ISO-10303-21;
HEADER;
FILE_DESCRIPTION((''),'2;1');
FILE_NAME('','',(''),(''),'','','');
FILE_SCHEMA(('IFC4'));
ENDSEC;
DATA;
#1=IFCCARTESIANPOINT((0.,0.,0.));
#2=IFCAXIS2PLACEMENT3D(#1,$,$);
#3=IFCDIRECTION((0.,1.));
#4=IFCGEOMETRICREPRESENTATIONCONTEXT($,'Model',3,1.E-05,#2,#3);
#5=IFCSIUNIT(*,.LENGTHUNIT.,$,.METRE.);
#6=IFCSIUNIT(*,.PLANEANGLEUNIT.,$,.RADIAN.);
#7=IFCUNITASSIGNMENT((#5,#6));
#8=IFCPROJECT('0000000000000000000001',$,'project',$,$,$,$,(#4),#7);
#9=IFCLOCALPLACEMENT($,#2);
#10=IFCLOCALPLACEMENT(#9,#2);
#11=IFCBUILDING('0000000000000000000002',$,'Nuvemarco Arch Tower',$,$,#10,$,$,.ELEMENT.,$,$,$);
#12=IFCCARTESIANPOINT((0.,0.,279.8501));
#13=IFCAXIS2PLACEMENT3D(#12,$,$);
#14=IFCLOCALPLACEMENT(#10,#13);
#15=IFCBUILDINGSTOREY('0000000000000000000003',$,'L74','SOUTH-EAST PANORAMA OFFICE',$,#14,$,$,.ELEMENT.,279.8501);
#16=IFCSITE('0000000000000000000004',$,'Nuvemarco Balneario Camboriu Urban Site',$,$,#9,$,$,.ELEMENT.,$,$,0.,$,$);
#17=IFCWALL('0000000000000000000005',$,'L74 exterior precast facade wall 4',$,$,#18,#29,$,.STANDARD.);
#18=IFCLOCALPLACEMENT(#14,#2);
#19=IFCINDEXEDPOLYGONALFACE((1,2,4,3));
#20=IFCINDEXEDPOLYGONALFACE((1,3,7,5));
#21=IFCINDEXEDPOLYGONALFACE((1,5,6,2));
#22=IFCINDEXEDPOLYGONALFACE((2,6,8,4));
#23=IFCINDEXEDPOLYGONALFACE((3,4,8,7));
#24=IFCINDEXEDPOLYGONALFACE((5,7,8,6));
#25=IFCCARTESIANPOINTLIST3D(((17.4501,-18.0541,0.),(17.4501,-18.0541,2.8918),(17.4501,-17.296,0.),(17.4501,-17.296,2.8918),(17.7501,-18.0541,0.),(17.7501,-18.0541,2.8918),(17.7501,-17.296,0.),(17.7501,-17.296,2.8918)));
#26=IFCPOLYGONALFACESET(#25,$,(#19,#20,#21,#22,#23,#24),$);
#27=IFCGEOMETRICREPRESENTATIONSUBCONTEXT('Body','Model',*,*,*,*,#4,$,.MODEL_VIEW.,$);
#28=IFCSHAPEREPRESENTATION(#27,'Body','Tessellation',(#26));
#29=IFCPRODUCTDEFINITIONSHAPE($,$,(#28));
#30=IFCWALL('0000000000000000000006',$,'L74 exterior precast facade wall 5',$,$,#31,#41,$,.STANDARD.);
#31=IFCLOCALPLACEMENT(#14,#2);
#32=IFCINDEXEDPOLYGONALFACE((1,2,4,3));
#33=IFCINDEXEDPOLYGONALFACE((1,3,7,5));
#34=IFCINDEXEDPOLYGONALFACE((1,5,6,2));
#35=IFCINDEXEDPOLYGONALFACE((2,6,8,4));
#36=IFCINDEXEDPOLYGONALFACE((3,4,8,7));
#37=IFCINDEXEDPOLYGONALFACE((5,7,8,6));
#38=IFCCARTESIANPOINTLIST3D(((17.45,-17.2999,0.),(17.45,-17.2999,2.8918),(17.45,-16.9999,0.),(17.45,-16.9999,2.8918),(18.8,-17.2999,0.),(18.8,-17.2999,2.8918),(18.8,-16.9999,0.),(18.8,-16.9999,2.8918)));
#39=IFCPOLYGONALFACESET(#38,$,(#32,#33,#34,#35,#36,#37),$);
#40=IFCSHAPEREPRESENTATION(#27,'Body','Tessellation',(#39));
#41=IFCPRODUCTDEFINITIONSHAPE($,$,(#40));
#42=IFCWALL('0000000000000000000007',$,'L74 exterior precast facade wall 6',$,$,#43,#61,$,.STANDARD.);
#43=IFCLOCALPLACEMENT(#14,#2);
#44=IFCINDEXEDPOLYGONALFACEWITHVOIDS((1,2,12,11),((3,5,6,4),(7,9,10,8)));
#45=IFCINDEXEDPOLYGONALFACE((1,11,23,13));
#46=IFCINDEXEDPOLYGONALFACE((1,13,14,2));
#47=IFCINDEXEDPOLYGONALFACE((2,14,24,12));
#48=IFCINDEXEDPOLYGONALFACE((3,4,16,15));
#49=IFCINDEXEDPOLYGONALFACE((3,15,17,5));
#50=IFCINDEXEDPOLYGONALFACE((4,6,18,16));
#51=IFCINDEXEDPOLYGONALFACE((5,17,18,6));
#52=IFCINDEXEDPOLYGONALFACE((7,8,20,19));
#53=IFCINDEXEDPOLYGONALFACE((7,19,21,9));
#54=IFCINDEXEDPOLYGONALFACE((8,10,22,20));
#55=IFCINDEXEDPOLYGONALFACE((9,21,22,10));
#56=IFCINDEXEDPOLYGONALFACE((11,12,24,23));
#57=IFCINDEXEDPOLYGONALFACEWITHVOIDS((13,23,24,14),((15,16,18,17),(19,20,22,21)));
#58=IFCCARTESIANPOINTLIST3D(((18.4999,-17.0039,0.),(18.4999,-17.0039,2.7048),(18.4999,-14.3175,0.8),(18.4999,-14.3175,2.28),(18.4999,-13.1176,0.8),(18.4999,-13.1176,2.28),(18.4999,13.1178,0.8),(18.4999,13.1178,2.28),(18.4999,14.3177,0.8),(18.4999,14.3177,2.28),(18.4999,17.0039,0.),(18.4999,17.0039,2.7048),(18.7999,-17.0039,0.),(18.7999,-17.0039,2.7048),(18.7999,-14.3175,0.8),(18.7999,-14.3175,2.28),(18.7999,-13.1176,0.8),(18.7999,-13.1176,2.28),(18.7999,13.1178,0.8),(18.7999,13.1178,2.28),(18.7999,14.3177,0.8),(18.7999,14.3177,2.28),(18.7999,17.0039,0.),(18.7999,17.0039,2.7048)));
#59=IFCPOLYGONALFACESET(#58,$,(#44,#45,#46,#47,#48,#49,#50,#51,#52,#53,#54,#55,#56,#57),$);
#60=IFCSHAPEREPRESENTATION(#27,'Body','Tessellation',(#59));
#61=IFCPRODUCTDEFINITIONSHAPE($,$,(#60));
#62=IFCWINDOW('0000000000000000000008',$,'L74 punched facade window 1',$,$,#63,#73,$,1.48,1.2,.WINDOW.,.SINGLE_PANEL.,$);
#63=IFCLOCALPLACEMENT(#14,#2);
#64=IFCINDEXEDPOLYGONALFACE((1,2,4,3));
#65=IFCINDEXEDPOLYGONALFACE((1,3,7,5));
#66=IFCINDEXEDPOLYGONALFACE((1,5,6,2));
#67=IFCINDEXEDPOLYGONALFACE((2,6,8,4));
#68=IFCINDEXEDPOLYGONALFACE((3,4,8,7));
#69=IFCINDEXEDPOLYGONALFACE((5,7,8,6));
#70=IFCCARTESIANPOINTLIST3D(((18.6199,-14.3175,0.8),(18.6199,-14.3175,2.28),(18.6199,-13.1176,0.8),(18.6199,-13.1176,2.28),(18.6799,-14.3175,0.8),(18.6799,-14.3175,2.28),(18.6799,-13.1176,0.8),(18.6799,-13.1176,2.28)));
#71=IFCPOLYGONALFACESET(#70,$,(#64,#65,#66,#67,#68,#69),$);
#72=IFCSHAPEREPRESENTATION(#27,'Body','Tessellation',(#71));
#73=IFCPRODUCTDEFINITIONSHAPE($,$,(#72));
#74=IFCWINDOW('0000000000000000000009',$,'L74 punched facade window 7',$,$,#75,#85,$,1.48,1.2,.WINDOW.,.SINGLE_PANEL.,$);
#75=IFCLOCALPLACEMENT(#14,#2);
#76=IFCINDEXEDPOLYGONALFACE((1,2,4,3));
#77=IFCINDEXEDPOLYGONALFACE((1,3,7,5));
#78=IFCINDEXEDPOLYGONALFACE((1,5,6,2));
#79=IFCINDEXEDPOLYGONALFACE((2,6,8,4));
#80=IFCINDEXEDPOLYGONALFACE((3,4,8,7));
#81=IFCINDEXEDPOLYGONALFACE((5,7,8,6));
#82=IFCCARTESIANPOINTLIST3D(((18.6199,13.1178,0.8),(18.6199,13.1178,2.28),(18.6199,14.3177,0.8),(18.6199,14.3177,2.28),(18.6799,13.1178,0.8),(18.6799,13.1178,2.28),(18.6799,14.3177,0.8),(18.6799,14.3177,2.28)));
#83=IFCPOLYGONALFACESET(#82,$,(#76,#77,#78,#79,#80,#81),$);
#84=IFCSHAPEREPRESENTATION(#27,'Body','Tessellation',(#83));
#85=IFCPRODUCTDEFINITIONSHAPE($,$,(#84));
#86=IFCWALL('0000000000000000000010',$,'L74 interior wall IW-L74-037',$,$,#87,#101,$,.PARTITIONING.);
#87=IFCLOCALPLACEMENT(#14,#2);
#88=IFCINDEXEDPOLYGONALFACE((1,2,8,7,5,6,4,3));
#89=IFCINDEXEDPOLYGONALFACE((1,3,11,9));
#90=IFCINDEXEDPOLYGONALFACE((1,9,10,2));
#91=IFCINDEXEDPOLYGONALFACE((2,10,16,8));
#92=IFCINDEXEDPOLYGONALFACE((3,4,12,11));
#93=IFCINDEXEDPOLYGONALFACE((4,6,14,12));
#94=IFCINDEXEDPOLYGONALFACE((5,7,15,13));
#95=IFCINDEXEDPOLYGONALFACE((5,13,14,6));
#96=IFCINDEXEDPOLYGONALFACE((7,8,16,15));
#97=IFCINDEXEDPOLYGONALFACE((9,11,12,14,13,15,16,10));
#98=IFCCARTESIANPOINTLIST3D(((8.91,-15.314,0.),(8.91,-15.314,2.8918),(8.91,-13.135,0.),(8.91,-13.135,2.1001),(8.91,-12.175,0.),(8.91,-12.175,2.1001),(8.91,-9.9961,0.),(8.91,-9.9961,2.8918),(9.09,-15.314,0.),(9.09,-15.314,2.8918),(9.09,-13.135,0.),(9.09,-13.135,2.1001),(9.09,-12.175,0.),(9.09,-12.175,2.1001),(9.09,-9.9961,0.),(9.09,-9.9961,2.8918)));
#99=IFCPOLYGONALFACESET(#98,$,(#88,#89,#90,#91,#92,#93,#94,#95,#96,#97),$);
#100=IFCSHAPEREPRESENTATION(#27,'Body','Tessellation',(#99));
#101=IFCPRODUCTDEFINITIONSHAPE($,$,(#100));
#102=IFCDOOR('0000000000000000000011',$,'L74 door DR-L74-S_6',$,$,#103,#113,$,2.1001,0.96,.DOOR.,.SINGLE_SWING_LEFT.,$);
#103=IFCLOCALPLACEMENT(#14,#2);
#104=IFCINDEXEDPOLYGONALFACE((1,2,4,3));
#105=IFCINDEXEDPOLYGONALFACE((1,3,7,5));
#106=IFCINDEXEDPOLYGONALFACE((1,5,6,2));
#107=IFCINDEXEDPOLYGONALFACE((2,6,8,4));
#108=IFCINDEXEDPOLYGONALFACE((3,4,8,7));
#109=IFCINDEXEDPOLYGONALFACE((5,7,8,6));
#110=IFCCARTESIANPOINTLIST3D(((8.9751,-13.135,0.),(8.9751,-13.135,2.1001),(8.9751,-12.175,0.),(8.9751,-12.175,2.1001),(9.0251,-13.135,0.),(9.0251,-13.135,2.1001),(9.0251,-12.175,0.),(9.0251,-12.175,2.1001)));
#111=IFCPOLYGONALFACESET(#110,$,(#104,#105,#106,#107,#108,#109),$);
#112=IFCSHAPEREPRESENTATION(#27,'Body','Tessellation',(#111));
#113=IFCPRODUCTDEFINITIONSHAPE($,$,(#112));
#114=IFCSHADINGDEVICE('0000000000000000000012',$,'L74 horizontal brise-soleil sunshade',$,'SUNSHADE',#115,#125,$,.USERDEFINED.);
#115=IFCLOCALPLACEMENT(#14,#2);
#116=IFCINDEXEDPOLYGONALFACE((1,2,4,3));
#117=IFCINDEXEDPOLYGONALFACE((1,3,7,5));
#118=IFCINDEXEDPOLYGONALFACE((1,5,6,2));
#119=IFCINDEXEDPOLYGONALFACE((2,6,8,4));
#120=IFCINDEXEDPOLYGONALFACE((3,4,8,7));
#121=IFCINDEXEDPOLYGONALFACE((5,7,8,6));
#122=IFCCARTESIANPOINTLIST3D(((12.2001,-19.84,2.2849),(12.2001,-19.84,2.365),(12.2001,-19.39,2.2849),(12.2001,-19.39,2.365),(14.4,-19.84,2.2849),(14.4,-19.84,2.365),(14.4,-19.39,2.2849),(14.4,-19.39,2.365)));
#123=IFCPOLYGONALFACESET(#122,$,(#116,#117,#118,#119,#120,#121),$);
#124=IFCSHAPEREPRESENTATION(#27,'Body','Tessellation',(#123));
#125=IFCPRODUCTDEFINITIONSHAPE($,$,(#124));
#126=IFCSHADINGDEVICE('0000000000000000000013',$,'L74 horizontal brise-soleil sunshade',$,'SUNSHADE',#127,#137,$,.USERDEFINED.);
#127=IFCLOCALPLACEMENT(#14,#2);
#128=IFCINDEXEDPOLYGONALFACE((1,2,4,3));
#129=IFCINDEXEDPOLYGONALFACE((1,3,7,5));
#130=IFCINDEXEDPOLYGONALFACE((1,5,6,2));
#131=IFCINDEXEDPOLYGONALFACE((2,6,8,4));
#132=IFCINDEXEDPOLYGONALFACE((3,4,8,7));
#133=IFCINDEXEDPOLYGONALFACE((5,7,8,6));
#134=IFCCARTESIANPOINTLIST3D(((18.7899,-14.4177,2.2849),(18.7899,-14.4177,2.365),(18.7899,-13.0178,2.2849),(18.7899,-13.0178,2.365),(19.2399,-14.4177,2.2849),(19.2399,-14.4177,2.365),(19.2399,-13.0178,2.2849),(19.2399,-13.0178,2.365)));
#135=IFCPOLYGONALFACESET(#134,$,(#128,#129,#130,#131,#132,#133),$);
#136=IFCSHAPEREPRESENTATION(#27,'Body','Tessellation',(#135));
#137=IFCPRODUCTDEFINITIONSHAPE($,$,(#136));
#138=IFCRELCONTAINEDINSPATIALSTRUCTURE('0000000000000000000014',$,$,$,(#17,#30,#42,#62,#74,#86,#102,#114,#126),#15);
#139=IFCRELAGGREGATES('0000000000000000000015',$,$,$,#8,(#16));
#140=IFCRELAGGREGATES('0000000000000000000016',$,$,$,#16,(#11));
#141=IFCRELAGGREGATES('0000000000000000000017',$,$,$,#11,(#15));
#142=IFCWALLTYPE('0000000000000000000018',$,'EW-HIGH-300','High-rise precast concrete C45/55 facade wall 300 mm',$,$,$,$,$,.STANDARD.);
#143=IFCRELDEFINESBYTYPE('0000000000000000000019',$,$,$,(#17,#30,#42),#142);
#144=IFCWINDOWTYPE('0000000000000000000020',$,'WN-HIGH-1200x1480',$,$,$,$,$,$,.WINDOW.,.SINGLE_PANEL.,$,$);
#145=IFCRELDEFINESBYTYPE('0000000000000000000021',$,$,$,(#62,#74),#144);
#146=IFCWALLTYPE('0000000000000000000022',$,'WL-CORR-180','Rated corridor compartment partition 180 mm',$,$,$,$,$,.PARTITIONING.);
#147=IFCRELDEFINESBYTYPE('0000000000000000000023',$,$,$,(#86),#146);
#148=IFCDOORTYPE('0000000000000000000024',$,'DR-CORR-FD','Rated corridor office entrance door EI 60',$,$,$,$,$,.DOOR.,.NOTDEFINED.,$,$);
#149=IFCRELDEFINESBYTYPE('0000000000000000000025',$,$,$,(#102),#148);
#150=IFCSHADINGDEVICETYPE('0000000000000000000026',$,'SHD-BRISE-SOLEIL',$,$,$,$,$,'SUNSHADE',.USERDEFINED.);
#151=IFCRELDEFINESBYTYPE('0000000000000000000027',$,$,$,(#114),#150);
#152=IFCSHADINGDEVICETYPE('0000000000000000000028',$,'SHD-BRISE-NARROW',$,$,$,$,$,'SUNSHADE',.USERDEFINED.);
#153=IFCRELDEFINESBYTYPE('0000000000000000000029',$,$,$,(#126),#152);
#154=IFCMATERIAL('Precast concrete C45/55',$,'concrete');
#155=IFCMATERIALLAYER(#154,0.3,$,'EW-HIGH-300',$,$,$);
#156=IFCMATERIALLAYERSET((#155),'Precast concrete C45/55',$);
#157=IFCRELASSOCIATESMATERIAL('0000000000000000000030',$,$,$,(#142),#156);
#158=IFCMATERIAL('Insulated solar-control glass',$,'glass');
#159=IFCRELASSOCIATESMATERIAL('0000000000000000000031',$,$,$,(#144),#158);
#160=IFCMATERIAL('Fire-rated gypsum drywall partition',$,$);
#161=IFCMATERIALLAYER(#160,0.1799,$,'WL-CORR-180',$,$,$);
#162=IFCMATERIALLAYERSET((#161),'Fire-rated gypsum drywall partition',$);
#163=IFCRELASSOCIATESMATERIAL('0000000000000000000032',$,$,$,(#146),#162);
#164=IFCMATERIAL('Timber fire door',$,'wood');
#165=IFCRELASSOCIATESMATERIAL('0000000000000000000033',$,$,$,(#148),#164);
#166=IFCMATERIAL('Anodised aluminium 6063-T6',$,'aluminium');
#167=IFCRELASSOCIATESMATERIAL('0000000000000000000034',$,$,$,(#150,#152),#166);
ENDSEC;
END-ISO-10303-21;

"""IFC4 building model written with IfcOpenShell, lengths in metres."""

from ifc_helpers import new_model, si_unit, direction, frame, frame_2d, origin, origin_2d, place, context, subcontext, project, spatial, rectangle, extrude, source, transform, mapped, material, layer, layer_set, type_object, type_shapes, element, fill, save


model = new_model("IFC4")

# Units and contexts
model_context = context("Model", 3, precision=1e-05, world=origin(), true_north=direction((0.0, 1.0)))
body_context = subcontext(model_context, "Body", "Model", "MODEL_VIEW")
ifc_project = project(units=[si_unit("LENGTHUNIT", "METRE"), si_unit("PLANEANGLEUNIT", "RADIAN")], contexts=[model_context])

# Site, building, storey
site_placement = place(None, origin())
site = spatial("IfcSite", under=ifc_project, at=site_placement, Name="Nuvemarco Balneario Camboriu Urban Site", CompositionType="ELEMENT", RefElevation=0.0)
building_placement = place(site_placement, origin())
building = spatial("IfcBuilding", under=site, at=building_placement, Name="Nuvemarco Arch Tower", CompositionType="ELEMENT")
storey_placement = place(building_placement, frame((0.0, 0.0, 279.8501)))
storey = spatial("IfcBuildingStorey", under=building, at=storey_placement, Name="L74", Description="SOUTH-EAST PANORAMA OFFICE", CompositionType="ELEMENT", Elevation=279.8501)

# Shared definitions
ifc_material_1 = material(Name="Precast concrete C45/55", Category="concrete")

# Walls
ifc_layer_1 = layer(ifc_material_1, 0.3, Name="EW-HIGH-300")
ifc_layer_set_1 = layer_set([ifc_layer_1], Name="Precast concrete C45/55")
wall_type_1 = type_object("IfcWallType", Name="EW-HIGH-300", Description="High-rise precast concrete C45/55 facade wall 300 mm", PredefinedType="STANDARD", material=ifc_layer_set_1)
wall_1_placement = place(storey_placement, frame((17.6001, -18.054, 0.0), z_axis=(0.0, 0.0, 1.0), x_axis=(0.0, 1.0, 0.0)))
element("IfcWall", 1, at=wall_1_placement, inside=storey, type_object=wall_type_1, Name="L74 exterior precast facade wall 4", PredefinedType="STANDARD", context=body_context, shape_type="SweptSolid", body=[
    extrude(rectangle(XDim=0.7581, YDim=0.3, at=frame_2d((0.3789, 0.0))), origin(), (0.0, 0.0, 1.0), 2.8918),
])
wall_2_placement = place(storey_placement, frame((17.45, -17.1499, 0.0), z_axis=(0.0, 0.0, 1.0), x_axis=(1.0, 0.0, 0.0)))
element("IfcWall", 2, at=wall_2_placement, inside=storey, type_object=wall_type_1, Name="L74 exterior precast facade wall 5", PredefinedType="STANDARD", context=body_context, shape_type="SweptSolid", body=[
    extrude(rectangle(XDim=1.3501, YDim=0.3, at=frame_2d((0.675, 0.0))), origin(), (0.0, 0.0, 1.0), 2.8918),
])

# Wall, openings, windows
wall_3_placement = place(storey_placement, frame((18.6499, -17.0039, 0.0), z_axis=(0.0, 0.0, 1.0), x_axis=(0.0, 1.0, 0.0)))
wall_3 = element("IfcWall", 3, at=wall_3_placement, inside=storey, type_object=wall_type_1, Name="L74 exterior precast facade wall 6", PredefinedType="STANDARD", context=body_context, shape_type="SweptSolid", body=[
    extrude(rectangle(XDim=34.0078, YDim=0.3, at=frame_2d((17.0039, 0.0))), origin(), (0.0, 0.0, 1.0), 2.7048),
])
opening_1_placement = place(wall_3_placement, frame((2.6863, 0.0, 0.8)))
opening_1 = element("IfcOpeningElement", 4, at=opening_1_placement, cuts=wall_3, PredefinedType="OPENING", context=body_context, shape_type="SweptSolid", body=[
    extrude(rectangle(XDim=1.2, YDim=1.48, at=frame_2d((0.6001, 0.74))), frame((0.0, 0.1599, 0.0), z_axis=(0.0, -1.0, 0.0), x_axis=(1.0, 0.0, 0.0)), (0.0, 0.0, 1.0), 0.3201),
])
opening_2_placement = place(wall_3_placement, frame((30.1216, 0.0, 0.8)))
opening_2 = element("IfcOpeningElement", 5, at=opening_2_placement, cuts=wall_3, PredefinedType="OPENING", context=body_context, shape_type="SweptSolid", body=[
    extrude(rectangle(XDim=1.2, YDim=1.48, at=frame_2d((0.6001, 0.74))), frame((0.0, 0.1599, 0.0), z_axis=(0.0, -1.0, 0.0), x_axis=(1.0, 0.0, 0.0)), (0.0, 0.0, 1.0), 0.3201),
])
ifc_material_2 = material(Name="Insulated solar-control glass", Category="glass")
window_type = type_object("IfcWindowType", Name="WN-HIGH-1200x1480", PartitioningType="SINGLE_PANEL", PredefinedType="WINDOW", material=ifc_material_2)
shared_shape_1 = source(origin(), body_context, "Body", "SweptSolid", [
    extrude(rectangle(XDim=1.2, YDim=1.48, at=frame_2d((0.6001, 0.74))), frame((0.0, 0.03, 0.0), z_axis=(0.0, -1.0, 0.0), x_axis=(1.0, 0.0, 0.0)), (0.0, 0.0, 1.0), 0.0601),
])
type_shapes(window_type, [shared_shape_1])
window_1_placement = place(opening_1_placement, origin())
window_1 = element("IfcWindow", 6, at=window_1_placement, inside=storey, type_object=window_type, Name="L74 punched facade window 1", OverallHeight=1.48, OverallWidth=1.2, PartitioningType="SINGLE_PANEL", PredefinedType="WINDOW", context=body_context, shape_type="MappedRepresentation", body=[
    mapped(shared_shape_1, transform((0.0, 0.0, 0.0), scale=1.0)),
])
fill(opening_1, window_1)
window_2_placement = place(opening_2_placement, origin())
window_2 = element("IfcWindow", 7, at=window_2_placement, inside=storey, type_object=window_type, Name="L74 punched facade window 7", OverallHeight=1.48, OverallWidth=1.2, PartitioningType="SINGLE_PANEL", PredefinedType="WINDOW", context=body_context, shape_type="MappedRepresentation", body=[
    mapped(shared_shape_1, transform((0.0, 0.0, 0.0), scale=1.0)),
])
fill(opening_2, window_2)

# Wall, opening, door
ifc_material_3 = material(Name="Fire-rated gypsum drywall partition")
ifc_layer_2 = layer(ifc_material_3, 0.1799, Name="WL-CORR-180")
ifc_layer_set_2 = layer_set([ifc_layer_2], Name="Fire-rated gypsum drywall partition")
wall_type_2 = type_object("IfcWallType", Name="WL-CORR-180", Description="Rated corridor compartment partition 180 mm", PredefinedType="PARTITIONING", material=ifc_layer_set_2)
wall_4_placement = place(storey_placement, frame((9.0, -15.314, 0.0), z_axis=(0.0, 0.0, 1.0), x_axis=(0.0, 1.0, 0.0)))
wall_4 = element("IfcWall", 8, at=wall_4_placement, inside=storey, type_object=wall_type_2, Name="L74 interior wall IW-L74-037", PredefinedType="PARTITIONING", context=body_context, shape_type="SweptSolid", body=[
    extrude(rectangle(XDim=5.3179, YDim=0.1799, at=frame_2d((2.6589, 0.0))), origin(), (0.0, 0.0, 1.0), 2.8918),
])
opening_3_placement = place(wall_4_placement, frame((2.179, 0.0, 0.0)))
opening_3 = element("IfcOpeningElement", 9, at=opening_3_placement, cuts=wall_4, PredefinedType="OPENING", context=body_context, shape_type="SweptSolid", body=[
    extrude(rectangle(XDim=0.96, YDim=2.1001, at=frame_2d((0.48, 1.05))), frame((0.0, 0.0999, 0.0), z_axis=(0.0, -1.0, 0.0), x_axis=(1.0, 0.0, 0.0)), (0.0, 0.0, 1.0), 0.2),
])
ifc_material_4 = material(Name="Timber fire door", Category="wood")
door_type = type_object("IfcDoorType", Name="DR-CORR-FD", Description="Rated corridor office entrance door EI 60", OperationType="NOTDEFINED", PredefinedType="DOOR", material=ifc_material_4)
shared_shape_2 = source(origin(), body_context, "Body", "SweptSolid", [
    extrude(rectangle(XDim=0.96, YDim=2.1001, at=frame_2d((0.48, 1.05))), frame((0.0, 0.0249, 0.0), z_axis=(0.0, -1.0, 0.0), x_axis=(1.0, 0.0, 0.0)), (0.0, 0.0, 1.0), 0.05),
])
type_shapes(door_type, [shared_shape_2])
door_placement = place(opening_3_placement, origin())
door = element("IfcDoor", 10, at=door_placement, inside=storey, type_object=door_type, Name="L74 door DR-L74-S_6", OperationType="SINGLE_SWING_LEFT", OverallHeight=2.1001, OverallWidth=0.96, PredefinedType="DOOR", context=body_context, shape_type="MappedRepresentation", body=[
    mapped(shared_shape_2, transform((0.0, 0.0, 0.0), scale=1.0)),
])
fill(opening_3, door)

# Shading devices
ifc_material_5 = material(Name="Anodised aluminium 6063-T6", Category="aluminium")
shading_device_type_1 = type_object("IfcShadingDeviceType", Name="SHD-BRISE-SOLEIL", ElementType="SUNSHADE", PredefinedType="USERDEFINED", material=ifc_material_5)
shared_shape_3 = source(origin(), body_context, "Body", "SweptSolid", [
    extrude(rectangle(XDim=2.2, YDim=0.45, at=origin_2d()), origin(), (0.0, 0.0, 1.0), 0.0801),
])
type_shapes(shading_device_type_1, [shared_shape_3])
shading_device_1_placement = place(storey_placement, frame((13.3, -19.615, 2.2849), z_axis=(0.0, 0.0, 1.0), x_axis=(1.0, 0.0, 0.0)))
element("IfcShadingDevice", 11, at=shading_device_1_placement, inside=storey, type_object=shading_device_type_1, Name="L74 horizontal brise-soleil sunshade", ObjectType="SUNSHADE", PredefinedType="USERDEFINED", context=body_context, shape_type="MappedRepresentation", body=[
    mapped(shared_shape_3, transform((0.0, 0.0, 0.0), scale=1.0)),
])
shading_device_type_2 = type_object("IfcShadingDeviceType", Name="SHD-BRISE-NARROW", ElementType="SUNSHADE", PredefinedType="USERDEFINED", material=ifc_material_5)
shared_shape_4 = source(origin(), body_context, "Body", "SweptSolid", [
    extrude(rectangle(XDim=1.3999, YDim=0.45, at=origin_2d()), origin(), (0.0, 0.0, 1.0), 0.0801),
])
type_shapes(shading_device_type_2, [shared_shape_4])
shading_device_2_placement = place(storey_placement, frame((19.0149, -13.7178, 2.2849), z_axis=(0.0, 0.0, 1.0), x_axis=(0.0, 1.0, 0.0)))
element("IfcShadingDevice", 12, at=shading_device_2_placement, inside=storey, type_object=shading_device_type_2, Name="L74 horizontal brise-soleil sunshade", ObjectType="SUNSHADE", PredefinedType="USERDEFINED", context=body_context, shape_type="MappedRepresentation", body=[
    mapped(shared_shape_4, transform((0.0, 0.0, 0.0), scale=1.0)),
])

save(model, "model.ifc")
